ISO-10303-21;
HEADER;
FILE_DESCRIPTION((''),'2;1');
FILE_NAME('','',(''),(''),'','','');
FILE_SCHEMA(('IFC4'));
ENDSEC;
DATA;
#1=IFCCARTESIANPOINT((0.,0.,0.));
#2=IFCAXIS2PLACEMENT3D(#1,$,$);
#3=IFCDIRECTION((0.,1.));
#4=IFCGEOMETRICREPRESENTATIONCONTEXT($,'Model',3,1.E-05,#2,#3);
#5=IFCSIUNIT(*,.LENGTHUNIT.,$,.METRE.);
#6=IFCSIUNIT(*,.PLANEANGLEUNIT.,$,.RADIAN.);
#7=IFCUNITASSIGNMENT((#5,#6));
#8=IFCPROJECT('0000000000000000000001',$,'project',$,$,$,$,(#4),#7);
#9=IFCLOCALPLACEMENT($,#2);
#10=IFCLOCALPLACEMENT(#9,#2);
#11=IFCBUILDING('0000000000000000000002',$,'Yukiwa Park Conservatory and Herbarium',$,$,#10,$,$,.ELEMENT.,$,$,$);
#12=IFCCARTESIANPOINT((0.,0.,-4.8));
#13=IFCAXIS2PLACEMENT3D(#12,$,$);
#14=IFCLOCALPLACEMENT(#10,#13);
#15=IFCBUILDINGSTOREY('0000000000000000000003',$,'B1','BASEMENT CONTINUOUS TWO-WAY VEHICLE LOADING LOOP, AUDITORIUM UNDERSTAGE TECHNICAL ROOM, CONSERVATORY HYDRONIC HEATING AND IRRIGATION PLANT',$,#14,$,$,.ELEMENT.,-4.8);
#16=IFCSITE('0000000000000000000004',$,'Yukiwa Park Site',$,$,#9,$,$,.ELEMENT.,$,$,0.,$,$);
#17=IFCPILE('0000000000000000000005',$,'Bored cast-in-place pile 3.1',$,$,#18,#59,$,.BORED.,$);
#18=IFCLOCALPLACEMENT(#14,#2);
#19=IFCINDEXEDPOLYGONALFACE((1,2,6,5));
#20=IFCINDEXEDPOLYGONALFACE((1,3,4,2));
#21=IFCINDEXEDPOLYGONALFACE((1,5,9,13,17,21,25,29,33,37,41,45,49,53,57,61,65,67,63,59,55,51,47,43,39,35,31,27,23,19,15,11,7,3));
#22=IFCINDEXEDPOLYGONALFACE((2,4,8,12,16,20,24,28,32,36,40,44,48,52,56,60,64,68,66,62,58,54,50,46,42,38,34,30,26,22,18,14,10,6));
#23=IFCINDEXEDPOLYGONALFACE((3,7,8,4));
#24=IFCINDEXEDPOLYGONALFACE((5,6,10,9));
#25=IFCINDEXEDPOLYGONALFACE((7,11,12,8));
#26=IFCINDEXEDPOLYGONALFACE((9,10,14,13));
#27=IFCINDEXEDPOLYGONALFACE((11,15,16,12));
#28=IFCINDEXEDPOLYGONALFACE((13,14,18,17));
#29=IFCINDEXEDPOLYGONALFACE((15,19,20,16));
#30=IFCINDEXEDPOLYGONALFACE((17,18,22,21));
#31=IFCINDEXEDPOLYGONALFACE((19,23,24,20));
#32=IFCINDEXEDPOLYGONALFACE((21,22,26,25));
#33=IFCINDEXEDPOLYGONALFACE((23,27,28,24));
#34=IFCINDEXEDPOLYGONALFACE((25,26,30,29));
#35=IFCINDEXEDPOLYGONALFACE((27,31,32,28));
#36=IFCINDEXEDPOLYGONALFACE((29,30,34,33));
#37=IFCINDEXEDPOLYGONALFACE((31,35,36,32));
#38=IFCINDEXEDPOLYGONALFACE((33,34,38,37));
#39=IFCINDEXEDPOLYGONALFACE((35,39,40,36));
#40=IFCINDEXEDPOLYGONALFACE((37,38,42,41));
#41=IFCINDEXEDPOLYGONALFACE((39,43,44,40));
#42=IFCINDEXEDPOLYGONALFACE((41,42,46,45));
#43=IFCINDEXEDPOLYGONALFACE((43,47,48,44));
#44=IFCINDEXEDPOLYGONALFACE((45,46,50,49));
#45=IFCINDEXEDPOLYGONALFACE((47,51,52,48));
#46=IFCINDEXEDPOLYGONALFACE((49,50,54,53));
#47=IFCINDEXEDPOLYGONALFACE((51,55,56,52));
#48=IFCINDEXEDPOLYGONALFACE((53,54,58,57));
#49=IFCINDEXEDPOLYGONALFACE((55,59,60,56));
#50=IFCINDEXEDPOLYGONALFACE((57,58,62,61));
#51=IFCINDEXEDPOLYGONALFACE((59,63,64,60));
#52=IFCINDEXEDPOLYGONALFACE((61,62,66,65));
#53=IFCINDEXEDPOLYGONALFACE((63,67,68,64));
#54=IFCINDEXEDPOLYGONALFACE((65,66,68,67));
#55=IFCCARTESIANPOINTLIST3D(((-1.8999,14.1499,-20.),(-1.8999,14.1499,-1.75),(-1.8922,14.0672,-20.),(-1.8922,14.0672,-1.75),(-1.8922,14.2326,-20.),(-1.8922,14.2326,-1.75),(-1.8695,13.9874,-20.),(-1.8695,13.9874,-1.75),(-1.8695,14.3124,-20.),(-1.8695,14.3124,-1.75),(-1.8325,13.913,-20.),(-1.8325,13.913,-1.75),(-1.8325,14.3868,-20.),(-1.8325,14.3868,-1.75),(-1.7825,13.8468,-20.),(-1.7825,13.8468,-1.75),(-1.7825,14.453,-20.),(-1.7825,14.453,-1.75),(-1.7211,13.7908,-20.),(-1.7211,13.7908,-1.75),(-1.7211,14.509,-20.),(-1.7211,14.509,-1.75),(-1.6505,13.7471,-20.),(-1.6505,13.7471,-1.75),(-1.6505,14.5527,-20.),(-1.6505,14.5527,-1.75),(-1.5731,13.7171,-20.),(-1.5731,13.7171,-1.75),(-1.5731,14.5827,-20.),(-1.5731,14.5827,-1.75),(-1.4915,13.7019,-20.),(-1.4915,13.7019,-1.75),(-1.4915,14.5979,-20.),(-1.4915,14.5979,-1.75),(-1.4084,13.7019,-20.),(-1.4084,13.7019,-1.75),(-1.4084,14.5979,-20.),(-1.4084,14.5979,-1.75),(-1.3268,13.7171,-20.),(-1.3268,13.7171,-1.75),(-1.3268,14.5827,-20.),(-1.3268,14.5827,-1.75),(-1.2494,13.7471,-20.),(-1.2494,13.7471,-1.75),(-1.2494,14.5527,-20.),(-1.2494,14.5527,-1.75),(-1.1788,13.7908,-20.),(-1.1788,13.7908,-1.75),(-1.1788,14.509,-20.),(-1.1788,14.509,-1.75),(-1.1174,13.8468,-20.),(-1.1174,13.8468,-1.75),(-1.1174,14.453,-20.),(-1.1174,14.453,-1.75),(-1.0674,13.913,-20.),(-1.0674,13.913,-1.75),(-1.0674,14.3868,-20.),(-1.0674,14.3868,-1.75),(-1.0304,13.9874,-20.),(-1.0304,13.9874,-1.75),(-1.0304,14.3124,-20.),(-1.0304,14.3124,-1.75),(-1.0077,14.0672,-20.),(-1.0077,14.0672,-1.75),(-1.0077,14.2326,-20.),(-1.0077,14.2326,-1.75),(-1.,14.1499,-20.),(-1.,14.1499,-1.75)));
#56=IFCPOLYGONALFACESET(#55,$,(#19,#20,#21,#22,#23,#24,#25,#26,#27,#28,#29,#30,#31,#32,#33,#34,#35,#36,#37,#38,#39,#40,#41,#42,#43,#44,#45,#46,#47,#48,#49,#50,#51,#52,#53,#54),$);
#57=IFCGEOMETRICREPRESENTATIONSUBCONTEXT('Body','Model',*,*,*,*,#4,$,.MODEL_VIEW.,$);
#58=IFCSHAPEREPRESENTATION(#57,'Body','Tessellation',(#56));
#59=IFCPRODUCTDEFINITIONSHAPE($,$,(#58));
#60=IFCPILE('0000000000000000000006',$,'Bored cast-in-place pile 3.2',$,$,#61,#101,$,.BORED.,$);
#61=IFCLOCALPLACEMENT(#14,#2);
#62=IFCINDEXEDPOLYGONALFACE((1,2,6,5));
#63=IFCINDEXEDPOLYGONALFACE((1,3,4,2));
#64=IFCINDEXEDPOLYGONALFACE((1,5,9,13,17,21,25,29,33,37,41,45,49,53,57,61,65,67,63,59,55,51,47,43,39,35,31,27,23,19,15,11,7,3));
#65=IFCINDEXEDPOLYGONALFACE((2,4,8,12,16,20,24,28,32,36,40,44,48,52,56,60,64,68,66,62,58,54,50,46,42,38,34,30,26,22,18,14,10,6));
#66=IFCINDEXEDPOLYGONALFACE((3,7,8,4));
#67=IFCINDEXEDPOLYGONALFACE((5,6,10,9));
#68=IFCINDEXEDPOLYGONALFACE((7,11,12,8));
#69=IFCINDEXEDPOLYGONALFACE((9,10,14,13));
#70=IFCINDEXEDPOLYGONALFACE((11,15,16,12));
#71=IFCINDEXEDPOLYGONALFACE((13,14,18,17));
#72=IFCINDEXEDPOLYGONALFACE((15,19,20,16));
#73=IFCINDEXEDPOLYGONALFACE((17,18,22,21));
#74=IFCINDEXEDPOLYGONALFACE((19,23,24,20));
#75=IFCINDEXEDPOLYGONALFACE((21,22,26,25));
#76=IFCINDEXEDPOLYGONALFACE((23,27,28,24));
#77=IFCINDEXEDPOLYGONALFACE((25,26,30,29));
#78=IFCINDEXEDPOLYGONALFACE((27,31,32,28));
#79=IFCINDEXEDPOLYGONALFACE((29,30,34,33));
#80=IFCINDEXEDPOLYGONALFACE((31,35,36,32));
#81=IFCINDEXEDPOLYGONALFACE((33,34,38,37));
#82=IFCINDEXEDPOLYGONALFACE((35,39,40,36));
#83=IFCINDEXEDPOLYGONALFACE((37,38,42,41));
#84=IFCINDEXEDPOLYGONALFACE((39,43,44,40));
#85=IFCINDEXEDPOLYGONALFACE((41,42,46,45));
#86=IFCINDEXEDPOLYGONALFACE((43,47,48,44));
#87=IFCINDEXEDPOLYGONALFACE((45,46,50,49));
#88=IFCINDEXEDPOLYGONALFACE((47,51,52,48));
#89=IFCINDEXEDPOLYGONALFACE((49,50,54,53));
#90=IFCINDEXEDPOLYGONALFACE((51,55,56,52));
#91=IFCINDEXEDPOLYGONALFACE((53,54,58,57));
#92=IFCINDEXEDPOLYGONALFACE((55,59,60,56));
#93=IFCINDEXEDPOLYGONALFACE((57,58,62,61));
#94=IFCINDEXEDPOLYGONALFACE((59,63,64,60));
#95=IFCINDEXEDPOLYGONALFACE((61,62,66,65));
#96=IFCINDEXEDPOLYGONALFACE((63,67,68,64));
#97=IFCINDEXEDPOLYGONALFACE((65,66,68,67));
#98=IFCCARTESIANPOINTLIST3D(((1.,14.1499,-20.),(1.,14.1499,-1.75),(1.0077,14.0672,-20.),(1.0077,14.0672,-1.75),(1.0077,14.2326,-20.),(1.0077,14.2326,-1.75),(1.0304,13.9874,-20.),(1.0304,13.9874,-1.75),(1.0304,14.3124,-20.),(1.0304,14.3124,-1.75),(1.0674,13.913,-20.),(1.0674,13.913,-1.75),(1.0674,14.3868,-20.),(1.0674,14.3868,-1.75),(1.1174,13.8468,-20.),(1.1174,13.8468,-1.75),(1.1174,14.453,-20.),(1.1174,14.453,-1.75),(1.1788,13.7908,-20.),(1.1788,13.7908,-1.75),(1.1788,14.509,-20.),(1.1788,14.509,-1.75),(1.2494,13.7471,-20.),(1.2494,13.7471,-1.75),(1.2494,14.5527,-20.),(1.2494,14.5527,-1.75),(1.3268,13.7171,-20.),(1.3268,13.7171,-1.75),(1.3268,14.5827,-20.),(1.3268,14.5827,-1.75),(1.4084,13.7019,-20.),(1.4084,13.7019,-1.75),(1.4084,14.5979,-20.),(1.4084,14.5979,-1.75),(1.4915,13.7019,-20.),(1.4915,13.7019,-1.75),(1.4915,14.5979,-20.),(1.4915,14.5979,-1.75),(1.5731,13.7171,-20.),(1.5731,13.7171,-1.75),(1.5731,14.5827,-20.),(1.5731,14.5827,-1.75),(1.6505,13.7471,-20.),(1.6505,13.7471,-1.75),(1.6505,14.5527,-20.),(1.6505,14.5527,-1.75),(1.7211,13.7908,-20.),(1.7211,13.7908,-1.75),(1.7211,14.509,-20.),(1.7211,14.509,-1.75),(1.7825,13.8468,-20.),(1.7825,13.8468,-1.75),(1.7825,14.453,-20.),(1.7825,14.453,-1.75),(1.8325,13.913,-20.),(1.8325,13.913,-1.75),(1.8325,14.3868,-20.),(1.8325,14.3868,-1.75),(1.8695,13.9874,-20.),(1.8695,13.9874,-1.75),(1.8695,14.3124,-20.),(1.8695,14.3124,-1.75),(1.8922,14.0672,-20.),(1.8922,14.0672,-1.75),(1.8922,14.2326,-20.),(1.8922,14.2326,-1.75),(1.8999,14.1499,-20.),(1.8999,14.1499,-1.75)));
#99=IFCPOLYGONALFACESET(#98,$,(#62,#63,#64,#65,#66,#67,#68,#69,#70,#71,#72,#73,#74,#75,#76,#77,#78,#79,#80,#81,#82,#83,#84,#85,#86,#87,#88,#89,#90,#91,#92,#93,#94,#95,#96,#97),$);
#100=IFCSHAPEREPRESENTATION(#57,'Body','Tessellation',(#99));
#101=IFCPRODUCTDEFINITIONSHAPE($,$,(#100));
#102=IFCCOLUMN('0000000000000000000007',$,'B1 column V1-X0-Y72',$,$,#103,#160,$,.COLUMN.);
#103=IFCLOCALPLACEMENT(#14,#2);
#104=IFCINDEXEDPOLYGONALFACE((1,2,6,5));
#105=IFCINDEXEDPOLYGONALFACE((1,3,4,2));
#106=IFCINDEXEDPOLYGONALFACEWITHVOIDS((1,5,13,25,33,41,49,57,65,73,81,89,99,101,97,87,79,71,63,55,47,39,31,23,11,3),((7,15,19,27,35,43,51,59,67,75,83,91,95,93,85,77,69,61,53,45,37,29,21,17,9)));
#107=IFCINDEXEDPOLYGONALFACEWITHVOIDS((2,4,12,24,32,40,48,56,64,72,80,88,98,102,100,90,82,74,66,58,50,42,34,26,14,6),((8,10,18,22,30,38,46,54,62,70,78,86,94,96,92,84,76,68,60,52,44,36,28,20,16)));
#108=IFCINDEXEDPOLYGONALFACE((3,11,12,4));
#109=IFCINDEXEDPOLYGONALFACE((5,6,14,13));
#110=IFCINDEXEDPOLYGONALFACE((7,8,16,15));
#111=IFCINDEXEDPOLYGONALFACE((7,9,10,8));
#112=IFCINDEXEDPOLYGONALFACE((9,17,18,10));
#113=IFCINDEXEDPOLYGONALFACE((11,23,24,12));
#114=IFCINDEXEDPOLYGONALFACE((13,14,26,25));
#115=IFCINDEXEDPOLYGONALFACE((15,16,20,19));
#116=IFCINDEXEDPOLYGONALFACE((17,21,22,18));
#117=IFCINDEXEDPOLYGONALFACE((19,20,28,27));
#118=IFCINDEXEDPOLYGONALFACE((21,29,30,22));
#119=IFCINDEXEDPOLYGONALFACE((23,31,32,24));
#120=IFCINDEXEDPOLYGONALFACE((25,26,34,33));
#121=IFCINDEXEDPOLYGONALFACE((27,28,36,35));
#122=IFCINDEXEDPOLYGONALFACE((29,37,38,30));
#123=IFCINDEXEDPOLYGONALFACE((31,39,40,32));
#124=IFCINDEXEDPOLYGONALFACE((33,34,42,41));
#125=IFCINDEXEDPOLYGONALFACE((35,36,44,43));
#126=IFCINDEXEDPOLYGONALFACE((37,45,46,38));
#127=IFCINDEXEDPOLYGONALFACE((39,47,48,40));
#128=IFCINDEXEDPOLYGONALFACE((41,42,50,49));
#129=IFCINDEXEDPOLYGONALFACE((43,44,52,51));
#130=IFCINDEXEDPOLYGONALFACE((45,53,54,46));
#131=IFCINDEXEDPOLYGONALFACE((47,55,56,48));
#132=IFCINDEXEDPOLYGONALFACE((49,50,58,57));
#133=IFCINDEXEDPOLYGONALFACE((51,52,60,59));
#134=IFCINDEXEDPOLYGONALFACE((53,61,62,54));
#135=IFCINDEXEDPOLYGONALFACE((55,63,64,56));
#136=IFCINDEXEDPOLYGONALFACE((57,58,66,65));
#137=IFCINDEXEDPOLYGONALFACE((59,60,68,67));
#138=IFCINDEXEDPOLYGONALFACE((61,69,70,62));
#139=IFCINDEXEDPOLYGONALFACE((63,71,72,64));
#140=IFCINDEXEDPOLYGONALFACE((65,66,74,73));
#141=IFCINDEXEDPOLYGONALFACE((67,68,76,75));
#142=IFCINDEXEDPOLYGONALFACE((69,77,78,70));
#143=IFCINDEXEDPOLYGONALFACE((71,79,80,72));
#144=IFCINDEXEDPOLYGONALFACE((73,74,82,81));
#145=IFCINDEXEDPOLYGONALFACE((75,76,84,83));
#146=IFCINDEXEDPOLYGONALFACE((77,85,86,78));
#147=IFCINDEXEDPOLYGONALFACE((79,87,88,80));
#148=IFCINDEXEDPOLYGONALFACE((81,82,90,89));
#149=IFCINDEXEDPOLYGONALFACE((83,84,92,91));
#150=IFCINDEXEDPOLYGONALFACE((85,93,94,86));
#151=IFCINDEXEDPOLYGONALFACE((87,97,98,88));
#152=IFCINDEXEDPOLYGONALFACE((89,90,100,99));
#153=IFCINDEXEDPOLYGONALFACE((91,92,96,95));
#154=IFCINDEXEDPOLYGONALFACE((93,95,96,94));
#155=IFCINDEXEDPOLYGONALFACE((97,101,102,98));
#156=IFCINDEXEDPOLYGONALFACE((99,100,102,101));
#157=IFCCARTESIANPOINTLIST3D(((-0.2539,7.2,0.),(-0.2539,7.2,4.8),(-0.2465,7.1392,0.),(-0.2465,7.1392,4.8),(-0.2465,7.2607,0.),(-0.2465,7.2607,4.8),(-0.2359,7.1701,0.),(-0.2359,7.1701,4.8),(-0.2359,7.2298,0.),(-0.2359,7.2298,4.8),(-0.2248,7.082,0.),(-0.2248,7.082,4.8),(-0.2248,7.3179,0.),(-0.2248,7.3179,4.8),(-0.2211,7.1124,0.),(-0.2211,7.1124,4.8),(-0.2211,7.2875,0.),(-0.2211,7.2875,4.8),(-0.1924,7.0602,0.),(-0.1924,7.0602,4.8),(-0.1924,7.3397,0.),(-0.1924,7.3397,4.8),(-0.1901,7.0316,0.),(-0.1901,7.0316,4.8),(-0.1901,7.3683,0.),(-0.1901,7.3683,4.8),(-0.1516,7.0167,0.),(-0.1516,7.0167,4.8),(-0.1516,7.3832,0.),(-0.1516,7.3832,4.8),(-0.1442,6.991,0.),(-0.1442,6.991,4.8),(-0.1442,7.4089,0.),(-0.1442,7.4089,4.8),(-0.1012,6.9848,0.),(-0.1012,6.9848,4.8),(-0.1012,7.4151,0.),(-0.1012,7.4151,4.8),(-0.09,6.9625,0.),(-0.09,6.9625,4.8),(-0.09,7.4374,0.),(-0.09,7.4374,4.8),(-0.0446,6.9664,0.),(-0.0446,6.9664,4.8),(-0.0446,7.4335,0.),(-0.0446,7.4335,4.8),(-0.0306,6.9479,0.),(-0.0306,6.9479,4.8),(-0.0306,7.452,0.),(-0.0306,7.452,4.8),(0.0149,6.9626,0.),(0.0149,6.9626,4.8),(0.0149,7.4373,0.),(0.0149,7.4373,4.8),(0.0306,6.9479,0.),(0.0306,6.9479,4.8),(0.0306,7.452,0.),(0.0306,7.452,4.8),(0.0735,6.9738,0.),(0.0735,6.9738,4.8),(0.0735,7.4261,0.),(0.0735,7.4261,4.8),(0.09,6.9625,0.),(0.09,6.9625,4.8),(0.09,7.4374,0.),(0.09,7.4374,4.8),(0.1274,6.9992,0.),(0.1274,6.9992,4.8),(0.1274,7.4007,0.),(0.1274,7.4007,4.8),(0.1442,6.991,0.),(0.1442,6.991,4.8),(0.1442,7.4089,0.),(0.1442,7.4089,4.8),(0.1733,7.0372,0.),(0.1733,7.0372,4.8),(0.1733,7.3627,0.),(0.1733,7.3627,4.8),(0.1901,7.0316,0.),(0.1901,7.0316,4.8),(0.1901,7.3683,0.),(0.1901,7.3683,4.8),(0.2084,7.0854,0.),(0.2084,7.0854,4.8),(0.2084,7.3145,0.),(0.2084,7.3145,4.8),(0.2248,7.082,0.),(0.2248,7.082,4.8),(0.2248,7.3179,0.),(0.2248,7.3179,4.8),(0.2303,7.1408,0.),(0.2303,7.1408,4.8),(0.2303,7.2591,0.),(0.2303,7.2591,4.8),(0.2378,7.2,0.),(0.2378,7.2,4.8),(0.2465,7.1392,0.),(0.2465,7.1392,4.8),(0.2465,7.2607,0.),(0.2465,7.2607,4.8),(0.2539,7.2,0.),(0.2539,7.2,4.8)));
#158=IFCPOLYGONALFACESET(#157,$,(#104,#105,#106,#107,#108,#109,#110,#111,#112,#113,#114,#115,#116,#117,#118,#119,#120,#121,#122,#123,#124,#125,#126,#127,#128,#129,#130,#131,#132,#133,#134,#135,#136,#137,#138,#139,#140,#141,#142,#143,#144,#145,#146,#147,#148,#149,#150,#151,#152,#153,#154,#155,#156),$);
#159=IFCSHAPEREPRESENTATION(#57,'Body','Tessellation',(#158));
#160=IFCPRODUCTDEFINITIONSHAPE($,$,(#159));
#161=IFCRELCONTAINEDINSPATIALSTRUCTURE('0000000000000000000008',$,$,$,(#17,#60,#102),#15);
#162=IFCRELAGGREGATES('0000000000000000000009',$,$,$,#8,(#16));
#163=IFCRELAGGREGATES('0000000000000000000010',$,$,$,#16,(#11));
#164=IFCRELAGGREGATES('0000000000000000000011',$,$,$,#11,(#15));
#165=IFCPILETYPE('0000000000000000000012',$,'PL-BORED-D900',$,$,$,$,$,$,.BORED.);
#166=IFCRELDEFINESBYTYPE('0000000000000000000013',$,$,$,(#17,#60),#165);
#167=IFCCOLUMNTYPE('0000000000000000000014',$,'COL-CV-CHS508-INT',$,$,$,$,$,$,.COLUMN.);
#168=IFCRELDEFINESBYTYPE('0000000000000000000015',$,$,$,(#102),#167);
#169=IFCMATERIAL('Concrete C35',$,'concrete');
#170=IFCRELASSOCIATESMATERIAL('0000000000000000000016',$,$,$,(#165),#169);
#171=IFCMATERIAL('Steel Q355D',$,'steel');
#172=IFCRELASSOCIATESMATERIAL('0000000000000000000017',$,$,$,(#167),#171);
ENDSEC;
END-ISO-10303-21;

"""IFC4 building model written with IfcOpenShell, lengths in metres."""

from ifc_helpers import new_model, si_unit, direction, frame, origin, origin_2d, place, context, subcontext, project, spatial, circle, hollow_circle, extrude, material, material_profile, profile_set, type_object, element, save


model = new_model("IFC4")

# Units and contexts
model_context = context("Model", 3, precision=1e-05, world=origin(), true_north=direction((0.0, 1.0)))
body_context = subcontext(model_context, "Body", "Model", "MODEL_VIEW")
ifc_project = project(units=[si_unit("LENGTHUNIT", "METRE"), si_unit("PLANEANGLEUNIT", "RADIAN")], contexts=[model_context])

# Site, building, storey
site_placement = place(None, origin())
site = spatial("IfcSite", under=ifc_project, at=site_placement, Name="Yukiwa Park Site", CompositionType="ELEMENT", RefElevation=0.0)
building_placement = place(site_placement, origin())
building = spatial("IfcBuilding", under=site, at=building_placement, Name="Yukiwa Park Conservatory and Herbarium", CompositionType="ELEMENT")
storey_placement = place(building_placement, frame((0.0, 0.0, -4.8)))
storey = spatial("IfcBuildingStorey", under=building, at=storey_placement, Name="B1", Description="BASEMENT CONTINUOUS TWO-WAY VEHICLE LOADING LOOP, AUDITORIUM UNDERSTAGE TECHNICAL ROOM, CONSERVATORY HYDRONIC HEATING AND IRRIGATION PLANT", CompositionType="ELEMENT", Elevation=-4.8)

# Piles
ifc_material_1 = material(Name="Concrete C35", Category="concrete")
ifc_material_profile_1 = material_profile(ifc_material_1, circle(Radius=0.45, at=origin_2d()), Name="PILE D900")
ifc_profile_set_1 = profile_set([ifc_material_profile_1], Name="Concrete C35")
pile_type_1 = type_object("IfcPileType", Name="PL-BORED-D900", PredefinedType="BORED", material=ifc_profile_set_1)
for number, where, z_axis, x_axis, name in (
    (1, (-1.45, 14.1499, -1.75), (0.0, 0.0, -1.0), (1.0, 0.0, 0.0), "Bored cast-in-place pile 3.1"),
    (2, (1.45, 14.1499, -1.75), (0.0, 0.0, -1.0), (1.0, 0.0, 0.0), "Bored cast-in-place pile 3.2"),
):
    element("IfcPile", number, at=place(storey_placement, frame(where, z_axis=z_axis, x_axis=x_axis)), inside=storey, type_object=pile_type_1, Name=name, PredefinedType="BORED", context=body_context, shape_type="SweptSolid", body=[
        extrude(circle(Radius=0.45, at=origin_2d()), origin(), (0.0, 0.0, 1.0), 18.25),
    ])

# Column
ifc_material_2 = material(Name="Steel Q355D", Category="steel")
ifc_material_profile_2 = material_profile(ifc_material_2, hollow_circle(Radius=0.2539, WallThickness=0.0161, at=origin_2d()), Name="CHS 508x16")
ifc_profile_set_2 = profile_set([ifc_material_profile_2], Name="Steel Q355D")
column_type = type_object("IfcColumnType", Name="COL-CV-CHS508-INT", PredefinedType="COLUMN", material=ifc_profile_set_2)
for number, where, z_axis, x_axis, name in (
    (3, (0.0, 7.2, 0.0), (0.0, 0.0, 1.0), (1.0, 0.0, 0.0), "B1 column V1-X0-Y72"),
):
    element("IfcColumn", number, at=place(storey_placement, frame(where, z_axis=z_axis, x_axis=x_axis)), inside=storey, type_object=column_type, Name=name, PredefinedType="COLUMN", context=body_context, shape_type="SweptSolid", body=[
        extrude(hollow_circle(Radius=0.2539, WallThickness=0.0161, at=origin_2d()), origin(), (0.0, 0.0, 1.0), 4.8),
    ])

save(model, "model.ifc")
